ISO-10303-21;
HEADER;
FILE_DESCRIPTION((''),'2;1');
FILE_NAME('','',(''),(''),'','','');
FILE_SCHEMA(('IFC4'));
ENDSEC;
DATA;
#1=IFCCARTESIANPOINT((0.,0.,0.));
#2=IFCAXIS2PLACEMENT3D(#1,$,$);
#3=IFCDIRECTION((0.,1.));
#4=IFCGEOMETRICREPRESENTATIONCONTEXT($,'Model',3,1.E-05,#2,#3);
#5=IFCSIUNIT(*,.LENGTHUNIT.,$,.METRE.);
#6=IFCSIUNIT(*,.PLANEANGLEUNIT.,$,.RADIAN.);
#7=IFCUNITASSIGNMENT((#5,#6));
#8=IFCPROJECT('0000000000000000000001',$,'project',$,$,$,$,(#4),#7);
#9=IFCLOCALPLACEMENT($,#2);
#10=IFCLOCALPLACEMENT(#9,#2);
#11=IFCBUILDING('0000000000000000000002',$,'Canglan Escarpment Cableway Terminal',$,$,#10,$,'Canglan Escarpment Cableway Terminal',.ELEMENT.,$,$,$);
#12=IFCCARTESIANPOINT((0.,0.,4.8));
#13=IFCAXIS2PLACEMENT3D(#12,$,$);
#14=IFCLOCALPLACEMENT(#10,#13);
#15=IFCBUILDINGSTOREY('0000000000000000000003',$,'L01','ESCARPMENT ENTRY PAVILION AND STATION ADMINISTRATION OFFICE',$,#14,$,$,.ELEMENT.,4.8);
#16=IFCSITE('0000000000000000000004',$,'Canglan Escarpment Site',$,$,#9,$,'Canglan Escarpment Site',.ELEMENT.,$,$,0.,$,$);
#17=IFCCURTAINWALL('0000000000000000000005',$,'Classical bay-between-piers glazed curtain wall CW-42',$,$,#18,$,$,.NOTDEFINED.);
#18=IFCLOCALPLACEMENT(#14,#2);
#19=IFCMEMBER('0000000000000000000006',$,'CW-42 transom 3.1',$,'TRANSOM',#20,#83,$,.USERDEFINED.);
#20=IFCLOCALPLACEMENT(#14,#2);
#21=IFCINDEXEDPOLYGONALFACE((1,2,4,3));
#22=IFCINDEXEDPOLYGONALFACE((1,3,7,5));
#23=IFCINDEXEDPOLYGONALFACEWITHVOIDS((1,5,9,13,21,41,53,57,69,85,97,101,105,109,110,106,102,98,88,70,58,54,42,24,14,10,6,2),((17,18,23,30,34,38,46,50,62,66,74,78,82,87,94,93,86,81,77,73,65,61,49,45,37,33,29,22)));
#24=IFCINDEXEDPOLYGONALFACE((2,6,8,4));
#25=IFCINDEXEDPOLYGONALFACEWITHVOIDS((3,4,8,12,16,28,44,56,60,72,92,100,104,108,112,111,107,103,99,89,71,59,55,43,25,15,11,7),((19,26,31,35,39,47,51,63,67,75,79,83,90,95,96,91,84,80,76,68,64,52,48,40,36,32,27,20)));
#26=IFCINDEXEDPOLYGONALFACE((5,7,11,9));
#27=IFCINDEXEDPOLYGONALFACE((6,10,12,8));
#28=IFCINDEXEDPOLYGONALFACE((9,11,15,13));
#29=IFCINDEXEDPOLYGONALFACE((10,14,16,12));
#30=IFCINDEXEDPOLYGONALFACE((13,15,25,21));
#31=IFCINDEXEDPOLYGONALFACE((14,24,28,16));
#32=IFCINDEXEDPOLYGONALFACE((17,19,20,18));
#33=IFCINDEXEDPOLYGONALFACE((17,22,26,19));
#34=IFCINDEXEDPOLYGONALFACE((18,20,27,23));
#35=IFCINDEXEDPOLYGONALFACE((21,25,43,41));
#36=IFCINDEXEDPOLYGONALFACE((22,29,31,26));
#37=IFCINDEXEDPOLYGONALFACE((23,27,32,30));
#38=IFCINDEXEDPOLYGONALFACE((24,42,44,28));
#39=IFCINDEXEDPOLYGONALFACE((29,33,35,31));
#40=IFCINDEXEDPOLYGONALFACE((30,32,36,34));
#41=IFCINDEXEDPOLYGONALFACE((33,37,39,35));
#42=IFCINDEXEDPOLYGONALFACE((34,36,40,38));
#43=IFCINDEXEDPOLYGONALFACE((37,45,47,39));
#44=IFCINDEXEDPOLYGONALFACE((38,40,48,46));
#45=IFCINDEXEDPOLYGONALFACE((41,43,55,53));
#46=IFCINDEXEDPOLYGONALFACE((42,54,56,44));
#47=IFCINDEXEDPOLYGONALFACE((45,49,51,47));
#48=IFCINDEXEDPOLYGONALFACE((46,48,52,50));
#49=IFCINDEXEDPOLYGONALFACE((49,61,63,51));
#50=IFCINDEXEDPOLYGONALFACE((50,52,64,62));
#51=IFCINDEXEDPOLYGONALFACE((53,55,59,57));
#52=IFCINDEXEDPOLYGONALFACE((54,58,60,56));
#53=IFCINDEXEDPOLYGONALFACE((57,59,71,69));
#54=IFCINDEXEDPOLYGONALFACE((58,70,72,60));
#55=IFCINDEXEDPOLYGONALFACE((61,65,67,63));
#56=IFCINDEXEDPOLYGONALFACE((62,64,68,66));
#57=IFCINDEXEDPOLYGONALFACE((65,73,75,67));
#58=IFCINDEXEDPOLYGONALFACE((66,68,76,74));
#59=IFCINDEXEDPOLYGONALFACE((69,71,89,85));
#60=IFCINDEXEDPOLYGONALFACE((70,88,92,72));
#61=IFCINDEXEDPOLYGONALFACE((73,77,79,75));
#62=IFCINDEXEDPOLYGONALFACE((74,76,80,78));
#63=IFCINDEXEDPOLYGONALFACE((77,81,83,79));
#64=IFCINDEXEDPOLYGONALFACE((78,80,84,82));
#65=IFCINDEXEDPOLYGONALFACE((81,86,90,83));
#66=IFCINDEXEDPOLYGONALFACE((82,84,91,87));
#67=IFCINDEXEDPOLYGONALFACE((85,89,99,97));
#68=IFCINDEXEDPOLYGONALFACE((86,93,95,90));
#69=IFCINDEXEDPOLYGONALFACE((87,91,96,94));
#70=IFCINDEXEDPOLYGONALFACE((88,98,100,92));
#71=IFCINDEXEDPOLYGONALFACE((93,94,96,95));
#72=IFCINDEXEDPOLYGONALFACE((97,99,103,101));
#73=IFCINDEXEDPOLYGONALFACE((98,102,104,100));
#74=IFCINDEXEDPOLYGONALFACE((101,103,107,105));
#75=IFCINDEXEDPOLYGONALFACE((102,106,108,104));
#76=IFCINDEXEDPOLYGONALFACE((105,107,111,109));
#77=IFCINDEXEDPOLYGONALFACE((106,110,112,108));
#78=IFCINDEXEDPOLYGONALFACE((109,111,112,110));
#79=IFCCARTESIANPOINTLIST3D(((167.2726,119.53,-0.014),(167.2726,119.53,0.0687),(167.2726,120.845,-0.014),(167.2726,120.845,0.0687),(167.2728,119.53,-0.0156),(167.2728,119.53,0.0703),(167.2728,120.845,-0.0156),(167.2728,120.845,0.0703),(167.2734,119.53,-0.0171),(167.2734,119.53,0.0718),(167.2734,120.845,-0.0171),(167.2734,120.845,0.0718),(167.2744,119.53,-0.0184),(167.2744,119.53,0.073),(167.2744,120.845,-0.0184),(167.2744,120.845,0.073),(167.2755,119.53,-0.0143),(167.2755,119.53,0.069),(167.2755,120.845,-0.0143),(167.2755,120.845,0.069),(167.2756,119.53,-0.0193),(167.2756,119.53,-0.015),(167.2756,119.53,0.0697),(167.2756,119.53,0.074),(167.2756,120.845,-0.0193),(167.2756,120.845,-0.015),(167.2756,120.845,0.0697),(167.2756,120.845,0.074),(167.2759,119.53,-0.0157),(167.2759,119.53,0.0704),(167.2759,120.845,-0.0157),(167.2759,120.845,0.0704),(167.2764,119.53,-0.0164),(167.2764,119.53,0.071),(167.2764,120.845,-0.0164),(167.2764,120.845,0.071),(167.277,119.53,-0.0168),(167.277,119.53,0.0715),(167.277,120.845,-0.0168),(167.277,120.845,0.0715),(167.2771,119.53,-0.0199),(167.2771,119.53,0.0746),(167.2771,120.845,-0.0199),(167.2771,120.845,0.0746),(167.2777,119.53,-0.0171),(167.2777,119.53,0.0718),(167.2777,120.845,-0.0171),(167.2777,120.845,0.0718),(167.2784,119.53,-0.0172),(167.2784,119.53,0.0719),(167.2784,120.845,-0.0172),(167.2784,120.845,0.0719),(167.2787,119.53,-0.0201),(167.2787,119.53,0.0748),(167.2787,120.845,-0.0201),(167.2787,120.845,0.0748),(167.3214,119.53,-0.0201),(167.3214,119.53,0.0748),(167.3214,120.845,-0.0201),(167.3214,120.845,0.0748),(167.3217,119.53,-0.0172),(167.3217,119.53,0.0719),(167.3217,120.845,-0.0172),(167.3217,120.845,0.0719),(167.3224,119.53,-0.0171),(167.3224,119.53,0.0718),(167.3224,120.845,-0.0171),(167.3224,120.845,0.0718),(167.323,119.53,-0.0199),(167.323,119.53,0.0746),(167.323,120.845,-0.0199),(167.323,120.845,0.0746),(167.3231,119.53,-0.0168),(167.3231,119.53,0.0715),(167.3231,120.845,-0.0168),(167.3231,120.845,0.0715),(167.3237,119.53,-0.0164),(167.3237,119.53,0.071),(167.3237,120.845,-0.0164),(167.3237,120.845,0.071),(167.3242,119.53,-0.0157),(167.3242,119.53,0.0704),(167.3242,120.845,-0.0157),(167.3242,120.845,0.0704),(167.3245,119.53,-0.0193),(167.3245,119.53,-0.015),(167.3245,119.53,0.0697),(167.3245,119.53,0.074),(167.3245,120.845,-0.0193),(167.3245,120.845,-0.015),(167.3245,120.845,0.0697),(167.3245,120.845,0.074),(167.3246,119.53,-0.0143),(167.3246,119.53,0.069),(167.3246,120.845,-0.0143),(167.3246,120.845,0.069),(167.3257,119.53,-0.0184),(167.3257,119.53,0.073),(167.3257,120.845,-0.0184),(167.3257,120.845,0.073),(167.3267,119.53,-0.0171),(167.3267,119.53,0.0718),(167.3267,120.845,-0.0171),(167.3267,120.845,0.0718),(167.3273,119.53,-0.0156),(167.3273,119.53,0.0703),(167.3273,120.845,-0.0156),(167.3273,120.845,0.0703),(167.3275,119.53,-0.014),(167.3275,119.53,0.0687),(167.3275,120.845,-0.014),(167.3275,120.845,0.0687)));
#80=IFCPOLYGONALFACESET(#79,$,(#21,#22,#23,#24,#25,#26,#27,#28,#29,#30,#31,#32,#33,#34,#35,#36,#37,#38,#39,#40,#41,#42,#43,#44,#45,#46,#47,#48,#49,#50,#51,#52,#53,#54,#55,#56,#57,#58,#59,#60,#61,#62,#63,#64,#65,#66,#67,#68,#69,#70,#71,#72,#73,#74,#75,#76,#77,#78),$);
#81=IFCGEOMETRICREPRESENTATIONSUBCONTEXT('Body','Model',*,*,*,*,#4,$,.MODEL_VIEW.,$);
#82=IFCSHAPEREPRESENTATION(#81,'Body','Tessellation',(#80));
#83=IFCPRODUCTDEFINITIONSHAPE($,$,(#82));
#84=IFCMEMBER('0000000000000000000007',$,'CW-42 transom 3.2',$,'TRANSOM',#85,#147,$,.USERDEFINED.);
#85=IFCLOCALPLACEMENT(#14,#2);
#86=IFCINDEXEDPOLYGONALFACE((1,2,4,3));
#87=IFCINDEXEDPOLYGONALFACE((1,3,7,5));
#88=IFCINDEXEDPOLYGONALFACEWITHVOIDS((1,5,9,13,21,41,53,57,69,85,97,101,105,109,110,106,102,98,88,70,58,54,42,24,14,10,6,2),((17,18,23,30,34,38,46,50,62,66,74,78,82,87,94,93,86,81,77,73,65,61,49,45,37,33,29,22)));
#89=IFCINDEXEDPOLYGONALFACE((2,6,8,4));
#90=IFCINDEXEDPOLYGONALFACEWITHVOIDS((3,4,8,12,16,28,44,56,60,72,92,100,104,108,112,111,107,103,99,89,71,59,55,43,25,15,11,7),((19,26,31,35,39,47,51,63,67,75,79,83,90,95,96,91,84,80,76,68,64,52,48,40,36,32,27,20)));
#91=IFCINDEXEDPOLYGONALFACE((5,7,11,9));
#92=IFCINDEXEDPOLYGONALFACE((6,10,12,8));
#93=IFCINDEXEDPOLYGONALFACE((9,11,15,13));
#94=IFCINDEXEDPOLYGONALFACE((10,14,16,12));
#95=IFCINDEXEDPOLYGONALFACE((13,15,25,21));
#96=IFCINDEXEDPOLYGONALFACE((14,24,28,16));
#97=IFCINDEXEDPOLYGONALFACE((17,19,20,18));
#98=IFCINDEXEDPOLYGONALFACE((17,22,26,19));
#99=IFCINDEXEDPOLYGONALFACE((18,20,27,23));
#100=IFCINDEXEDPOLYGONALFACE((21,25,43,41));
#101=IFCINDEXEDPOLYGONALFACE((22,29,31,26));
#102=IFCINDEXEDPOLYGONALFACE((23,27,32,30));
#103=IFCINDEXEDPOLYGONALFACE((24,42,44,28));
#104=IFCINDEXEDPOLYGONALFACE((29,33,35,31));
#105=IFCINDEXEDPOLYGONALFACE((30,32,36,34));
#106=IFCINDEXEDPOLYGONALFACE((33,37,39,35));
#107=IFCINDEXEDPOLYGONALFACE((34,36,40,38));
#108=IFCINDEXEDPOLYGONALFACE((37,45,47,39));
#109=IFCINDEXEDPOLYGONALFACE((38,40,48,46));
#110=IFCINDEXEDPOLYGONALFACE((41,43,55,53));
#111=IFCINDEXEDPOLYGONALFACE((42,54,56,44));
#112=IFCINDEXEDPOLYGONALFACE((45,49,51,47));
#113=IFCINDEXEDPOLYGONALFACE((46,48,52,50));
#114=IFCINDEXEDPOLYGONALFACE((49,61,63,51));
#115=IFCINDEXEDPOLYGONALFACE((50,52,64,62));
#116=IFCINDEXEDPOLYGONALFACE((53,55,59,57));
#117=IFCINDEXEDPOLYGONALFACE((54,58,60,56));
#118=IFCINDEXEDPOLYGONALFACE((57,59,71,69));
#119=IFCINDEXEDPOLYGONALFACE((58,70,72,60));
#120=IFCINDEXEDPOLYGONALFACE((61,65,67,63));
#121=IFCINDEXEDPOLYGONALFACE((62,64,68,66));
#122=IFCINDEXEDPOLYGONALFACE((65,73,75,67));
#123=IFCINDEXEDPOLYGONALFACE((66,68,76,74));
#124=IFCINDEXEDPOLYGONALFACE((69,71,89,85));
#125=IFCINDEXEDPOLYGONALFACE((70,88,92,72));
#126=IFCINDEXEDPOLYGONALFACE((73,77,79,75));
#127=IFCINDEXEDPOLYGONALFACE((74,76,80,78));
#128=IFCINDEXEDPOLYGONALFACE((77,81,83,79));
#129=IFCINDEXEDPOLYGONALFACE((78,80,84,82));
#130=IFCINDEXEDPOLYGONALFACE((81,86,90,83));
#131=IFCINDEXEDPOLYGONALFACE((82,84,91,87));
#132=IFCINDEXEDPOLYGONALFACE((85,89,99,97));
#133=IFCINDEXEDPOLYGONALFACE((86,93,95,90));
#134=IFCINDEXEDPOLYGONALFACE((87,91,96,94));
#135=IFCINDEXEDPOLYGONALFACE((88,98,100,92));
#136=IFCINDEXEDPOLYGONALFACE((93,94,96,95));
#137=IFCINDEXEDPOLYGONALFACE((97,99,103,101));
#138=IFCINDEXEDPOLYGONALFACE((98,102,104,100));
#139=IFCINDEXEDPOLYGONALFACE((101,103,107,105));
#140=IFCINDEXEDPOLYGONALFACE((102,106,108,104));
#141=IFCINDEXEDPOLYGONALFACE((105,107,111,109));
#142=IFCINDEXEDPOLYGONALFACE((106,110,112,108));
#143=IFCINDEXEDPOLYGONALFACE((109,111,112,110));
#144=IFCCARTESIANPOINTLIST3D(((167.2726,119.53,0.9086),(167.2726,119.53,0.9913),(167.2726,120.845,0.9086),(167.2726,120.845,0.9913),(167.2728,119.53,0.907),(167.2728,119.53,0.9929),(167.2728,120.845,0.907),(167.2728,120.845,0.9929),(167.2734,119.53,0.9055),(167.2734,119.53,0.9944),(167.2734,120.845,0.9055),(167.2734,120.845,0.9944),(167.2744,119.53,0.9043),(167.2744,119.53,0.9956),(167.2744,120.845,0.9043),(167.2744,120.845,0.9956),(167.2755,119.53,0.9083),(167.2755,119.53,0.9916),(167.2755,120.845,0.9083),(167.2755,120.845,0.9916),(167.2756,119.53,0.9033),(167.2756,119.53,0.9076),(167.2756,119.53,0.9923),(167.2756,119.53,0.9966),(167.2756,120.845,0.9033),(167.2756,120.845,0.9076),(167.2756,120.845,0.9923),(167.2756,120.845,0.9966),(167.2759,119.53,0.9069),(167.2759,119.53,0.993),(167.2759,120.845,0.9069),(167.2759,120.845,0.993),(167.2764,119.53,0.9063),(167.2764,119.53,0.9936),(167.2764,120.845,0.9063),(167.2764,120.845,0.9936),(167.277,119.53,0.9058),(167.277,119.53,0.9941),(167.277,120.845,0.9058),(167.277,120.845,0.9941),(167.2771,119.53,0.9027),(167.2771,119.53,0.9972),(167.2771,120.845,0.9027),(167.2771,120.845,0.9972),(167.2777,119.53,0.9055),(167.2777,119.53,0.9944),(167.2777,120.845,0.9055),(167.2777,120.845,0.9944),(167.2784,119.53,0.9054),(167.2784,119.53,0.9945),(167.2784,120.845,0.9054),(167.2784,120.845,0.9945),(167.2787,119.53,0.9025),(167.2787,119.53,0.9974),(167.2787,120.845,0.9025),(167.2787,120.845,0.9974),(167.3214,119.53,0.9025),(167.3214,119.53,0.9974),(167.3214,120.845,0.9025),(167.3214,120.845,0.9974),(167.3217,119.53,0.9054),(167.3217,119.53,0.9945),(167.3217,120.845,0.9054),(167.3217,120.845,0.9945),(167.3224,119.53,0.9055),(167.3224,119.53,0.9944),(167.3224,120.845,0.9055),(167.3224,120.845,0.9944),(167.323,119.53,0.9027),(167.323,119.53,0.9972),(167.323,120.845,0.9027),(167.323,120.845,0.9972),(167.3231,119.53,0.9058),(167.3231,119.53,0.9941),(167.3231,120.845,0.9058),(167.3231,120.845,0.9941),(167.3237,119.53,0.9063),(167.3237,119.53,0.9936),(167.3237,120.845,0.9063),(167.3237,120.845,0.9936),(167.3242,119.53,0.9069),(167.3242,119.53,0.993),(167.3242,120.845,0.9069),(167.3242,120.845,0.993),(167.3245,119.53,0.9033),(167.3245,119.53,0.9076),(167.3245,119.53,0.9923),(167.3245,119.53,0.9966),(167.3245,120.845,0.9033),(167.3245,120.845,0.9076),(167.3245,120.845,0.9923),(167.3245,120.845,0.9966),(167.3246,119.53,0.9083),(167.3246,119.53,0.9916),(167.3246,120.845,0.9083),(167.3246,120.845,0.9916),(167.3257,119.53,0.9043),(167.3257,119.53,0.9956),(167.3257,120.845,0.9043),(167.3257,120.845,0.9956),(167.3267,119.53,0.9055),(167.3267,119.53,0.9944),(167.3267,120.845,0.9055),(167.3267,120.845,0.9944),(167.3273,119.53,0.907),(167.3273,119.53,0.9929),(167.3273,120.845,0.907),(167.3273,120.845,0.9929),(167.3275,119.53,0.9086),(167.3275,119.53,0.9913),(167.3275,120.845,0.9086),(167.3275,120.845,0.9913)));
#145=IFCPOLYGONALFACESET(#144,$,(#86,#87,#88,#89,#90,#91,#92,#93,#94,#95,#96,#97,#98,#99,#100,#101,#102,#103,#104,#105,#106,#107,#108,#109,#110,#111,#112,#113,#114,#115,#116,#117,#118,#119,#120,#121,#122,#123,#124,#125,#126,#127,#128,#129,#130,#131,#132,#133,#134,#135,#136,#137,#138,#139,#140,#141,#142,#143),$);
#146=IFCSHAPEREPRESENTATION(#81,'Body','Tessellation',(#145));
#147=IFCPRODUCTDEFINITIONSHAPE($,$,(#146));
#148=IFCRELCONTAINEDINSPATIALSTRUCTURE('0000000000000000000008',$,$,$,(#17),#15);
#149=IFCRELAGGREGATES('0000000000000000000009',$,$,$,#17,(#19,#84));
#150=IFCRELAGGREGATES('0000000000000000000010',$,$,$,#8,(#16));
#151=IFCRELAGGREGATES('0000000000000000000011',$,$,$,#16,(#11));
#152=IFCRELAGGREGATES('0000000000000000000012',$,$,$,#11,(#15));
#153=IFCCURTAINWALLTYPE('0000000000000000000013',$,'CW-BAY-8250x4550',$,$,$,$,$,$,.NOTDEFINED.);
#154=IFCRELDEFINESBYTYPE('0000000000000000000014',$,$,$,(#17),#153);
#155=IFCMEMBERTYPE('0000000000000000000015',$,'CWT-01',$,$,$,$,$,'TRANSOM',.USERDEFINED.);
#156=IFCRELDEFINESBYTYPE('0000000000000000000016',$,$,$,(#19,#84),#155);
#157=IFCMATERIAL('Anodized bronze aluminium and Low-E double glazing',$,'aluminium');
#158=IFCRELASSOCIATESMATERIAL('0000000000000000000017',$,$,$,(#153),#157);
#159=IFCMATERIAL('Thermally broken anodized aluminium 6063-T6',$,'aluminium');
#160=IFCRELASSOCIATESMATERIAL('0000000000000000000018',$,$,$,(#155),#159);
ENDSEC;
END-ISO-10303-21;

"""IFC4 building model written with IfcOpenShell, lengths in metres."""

from ifc_helpers import new_model, si_unit, direction, frame, origin, origin_2d, place, context, subcontext, project, spatial, hollow_rectangle, extrude, material, material_profile, profile_set, type_object, element, aggregate, save


model = new_model("IFC4")

# Units and contexts
model_context = context("Model", 3, precision=1e-05, world=origin(), true_north=direction((0.0, 1.0)))
body_context = subcontext(model_context, "Body", "Model", "MODEL_VIEW")
ifc_project = project(units=[si_unit("LENGTHUNIT", "METRE"), si_unit("PLANEANGLEUNIT", "RADIAN")], contexts=[model_context])

# Site, building, storey
site_placement = place(None, origin())
site = spatial("IfcSite", under=ifc_project, at=site_placement, Name="Canglan Escarpment Site", LongName="Canglan Escarpment Site", CompositionType="ELEMENT", RefElevation=0.0)
building_placement = place(site_placement, origin())
building = spatial("IfcBuilding", under=site, at=building_placement, Name="Canglan Escarpment Cableway Terminal", LongName="Canglan Escarpment Cableway Terminal", CompositionType="ELEMENT")
storey_placement = place(building_placement, frame((0.0, 0.0, 4.8)))
storey = spatial("IfcBuildingStorey", under=building, at=storey_placement, Name="L01", Description="ESCARPMENT ENTRY PAVILION AND STATION ADMINISTRATION OFFICE", CompositionType="ELEMENT", Elevation=4.8)

# Curtain wall, members
ifc_material_1 = material(Name="Anodized bronze aluminium and Low-E double glazing", Category="aluminium")
curtain_wall_type = type_object("IfcCurtainWallType", Name="CW-BAY-8250x4550", PredefinedType="NOTDEFINED", material=ifc_material_1)
curtain_wall_placement = place(storey_placement, origin())
curtain_wall = element("IfcCurtainWall", 1, at=curtain_wall_placement, inside=storey, type_object=curtain_wall_type, Name="Classical bay-between-piers glazed curtain wall CW-42", PredefinedType="NOTDEFINED")
ifc_material_2 = material(Name="Thermally broken anodized aluminium 6063-T6", Category="aluminium")
ifc_material_profile_1 = material_profile(ifc_material_2, hollow_rectangle(XDim=0.0549, YDim=0.095, WallThickness=0.0029, InnerFilletRadius=0.0029, OuterFilletRadius=0.0061, at=origin_2d()), Name="ALU-TRAN 55x95x3")
ifc_profile_set_1 = profile_set([ifc_material_profile_1], Name="Thermally broken anodized aluminium 6063-T6")
member_type_1 = type_object("IfcMemberType", Name="CWT-01", ElementType="TRANSOM", PredefinedType="USERDEFINED", material=ifc_profile_set_1)
member_1_placement = place(storey_placement, frame((167.3, 120.845, 0.0273), z_axis=(0.0, -1.0, 0.0), x_axis=(1.0, 0.0, 0.0)))
member_1 = element("IfcMember", 2, at=member_1_placement, type_object=member_type_1, Name="CW-42 transom 3.1", ObjectType="TRANSOM", PredefinedType="USERDEFINED", context=body_context, shape_type="SweptSolid", body=[
    extrude(hollow_rectangle(XDim=0.0549, YDim=0.095, WallThickness=0.0029, InnerFilletRadius=0.0029, OuterFilletRadius=0.0061, at=origin_2d()), origin(), (0.0, 0.0, 1.0), 1.3149),
])
member_2_placement = place(storey_placement, frame((167.3, 120.845, 0.95), z_axis=(0.0, -1.0, 0.0), x_axis=(1.0, 0.0, 0.0)))
member_2 = element("IfcMember", 3, at=member_2_placement, type_object=member_type_1, Name="CW-42 transom 3.2", ObjectType="TRANSOM", PredefinedType="USERDEFINED", context=body_context, shape_type="SweptSolid", body=[
    extrude(hollow_rectangle(XDim=0.0549, YDim=0.095, WallThickness=0.0029, InnerFilletRadius=0.0029, OuterFilletRadius=0.0061, at=origin_2d()), origin(), (0.0, 0.0, 1.0), 1.3149),
])
aggregate(curtain_wall, [member_1, member_2])

save(model, "model.ifc")
